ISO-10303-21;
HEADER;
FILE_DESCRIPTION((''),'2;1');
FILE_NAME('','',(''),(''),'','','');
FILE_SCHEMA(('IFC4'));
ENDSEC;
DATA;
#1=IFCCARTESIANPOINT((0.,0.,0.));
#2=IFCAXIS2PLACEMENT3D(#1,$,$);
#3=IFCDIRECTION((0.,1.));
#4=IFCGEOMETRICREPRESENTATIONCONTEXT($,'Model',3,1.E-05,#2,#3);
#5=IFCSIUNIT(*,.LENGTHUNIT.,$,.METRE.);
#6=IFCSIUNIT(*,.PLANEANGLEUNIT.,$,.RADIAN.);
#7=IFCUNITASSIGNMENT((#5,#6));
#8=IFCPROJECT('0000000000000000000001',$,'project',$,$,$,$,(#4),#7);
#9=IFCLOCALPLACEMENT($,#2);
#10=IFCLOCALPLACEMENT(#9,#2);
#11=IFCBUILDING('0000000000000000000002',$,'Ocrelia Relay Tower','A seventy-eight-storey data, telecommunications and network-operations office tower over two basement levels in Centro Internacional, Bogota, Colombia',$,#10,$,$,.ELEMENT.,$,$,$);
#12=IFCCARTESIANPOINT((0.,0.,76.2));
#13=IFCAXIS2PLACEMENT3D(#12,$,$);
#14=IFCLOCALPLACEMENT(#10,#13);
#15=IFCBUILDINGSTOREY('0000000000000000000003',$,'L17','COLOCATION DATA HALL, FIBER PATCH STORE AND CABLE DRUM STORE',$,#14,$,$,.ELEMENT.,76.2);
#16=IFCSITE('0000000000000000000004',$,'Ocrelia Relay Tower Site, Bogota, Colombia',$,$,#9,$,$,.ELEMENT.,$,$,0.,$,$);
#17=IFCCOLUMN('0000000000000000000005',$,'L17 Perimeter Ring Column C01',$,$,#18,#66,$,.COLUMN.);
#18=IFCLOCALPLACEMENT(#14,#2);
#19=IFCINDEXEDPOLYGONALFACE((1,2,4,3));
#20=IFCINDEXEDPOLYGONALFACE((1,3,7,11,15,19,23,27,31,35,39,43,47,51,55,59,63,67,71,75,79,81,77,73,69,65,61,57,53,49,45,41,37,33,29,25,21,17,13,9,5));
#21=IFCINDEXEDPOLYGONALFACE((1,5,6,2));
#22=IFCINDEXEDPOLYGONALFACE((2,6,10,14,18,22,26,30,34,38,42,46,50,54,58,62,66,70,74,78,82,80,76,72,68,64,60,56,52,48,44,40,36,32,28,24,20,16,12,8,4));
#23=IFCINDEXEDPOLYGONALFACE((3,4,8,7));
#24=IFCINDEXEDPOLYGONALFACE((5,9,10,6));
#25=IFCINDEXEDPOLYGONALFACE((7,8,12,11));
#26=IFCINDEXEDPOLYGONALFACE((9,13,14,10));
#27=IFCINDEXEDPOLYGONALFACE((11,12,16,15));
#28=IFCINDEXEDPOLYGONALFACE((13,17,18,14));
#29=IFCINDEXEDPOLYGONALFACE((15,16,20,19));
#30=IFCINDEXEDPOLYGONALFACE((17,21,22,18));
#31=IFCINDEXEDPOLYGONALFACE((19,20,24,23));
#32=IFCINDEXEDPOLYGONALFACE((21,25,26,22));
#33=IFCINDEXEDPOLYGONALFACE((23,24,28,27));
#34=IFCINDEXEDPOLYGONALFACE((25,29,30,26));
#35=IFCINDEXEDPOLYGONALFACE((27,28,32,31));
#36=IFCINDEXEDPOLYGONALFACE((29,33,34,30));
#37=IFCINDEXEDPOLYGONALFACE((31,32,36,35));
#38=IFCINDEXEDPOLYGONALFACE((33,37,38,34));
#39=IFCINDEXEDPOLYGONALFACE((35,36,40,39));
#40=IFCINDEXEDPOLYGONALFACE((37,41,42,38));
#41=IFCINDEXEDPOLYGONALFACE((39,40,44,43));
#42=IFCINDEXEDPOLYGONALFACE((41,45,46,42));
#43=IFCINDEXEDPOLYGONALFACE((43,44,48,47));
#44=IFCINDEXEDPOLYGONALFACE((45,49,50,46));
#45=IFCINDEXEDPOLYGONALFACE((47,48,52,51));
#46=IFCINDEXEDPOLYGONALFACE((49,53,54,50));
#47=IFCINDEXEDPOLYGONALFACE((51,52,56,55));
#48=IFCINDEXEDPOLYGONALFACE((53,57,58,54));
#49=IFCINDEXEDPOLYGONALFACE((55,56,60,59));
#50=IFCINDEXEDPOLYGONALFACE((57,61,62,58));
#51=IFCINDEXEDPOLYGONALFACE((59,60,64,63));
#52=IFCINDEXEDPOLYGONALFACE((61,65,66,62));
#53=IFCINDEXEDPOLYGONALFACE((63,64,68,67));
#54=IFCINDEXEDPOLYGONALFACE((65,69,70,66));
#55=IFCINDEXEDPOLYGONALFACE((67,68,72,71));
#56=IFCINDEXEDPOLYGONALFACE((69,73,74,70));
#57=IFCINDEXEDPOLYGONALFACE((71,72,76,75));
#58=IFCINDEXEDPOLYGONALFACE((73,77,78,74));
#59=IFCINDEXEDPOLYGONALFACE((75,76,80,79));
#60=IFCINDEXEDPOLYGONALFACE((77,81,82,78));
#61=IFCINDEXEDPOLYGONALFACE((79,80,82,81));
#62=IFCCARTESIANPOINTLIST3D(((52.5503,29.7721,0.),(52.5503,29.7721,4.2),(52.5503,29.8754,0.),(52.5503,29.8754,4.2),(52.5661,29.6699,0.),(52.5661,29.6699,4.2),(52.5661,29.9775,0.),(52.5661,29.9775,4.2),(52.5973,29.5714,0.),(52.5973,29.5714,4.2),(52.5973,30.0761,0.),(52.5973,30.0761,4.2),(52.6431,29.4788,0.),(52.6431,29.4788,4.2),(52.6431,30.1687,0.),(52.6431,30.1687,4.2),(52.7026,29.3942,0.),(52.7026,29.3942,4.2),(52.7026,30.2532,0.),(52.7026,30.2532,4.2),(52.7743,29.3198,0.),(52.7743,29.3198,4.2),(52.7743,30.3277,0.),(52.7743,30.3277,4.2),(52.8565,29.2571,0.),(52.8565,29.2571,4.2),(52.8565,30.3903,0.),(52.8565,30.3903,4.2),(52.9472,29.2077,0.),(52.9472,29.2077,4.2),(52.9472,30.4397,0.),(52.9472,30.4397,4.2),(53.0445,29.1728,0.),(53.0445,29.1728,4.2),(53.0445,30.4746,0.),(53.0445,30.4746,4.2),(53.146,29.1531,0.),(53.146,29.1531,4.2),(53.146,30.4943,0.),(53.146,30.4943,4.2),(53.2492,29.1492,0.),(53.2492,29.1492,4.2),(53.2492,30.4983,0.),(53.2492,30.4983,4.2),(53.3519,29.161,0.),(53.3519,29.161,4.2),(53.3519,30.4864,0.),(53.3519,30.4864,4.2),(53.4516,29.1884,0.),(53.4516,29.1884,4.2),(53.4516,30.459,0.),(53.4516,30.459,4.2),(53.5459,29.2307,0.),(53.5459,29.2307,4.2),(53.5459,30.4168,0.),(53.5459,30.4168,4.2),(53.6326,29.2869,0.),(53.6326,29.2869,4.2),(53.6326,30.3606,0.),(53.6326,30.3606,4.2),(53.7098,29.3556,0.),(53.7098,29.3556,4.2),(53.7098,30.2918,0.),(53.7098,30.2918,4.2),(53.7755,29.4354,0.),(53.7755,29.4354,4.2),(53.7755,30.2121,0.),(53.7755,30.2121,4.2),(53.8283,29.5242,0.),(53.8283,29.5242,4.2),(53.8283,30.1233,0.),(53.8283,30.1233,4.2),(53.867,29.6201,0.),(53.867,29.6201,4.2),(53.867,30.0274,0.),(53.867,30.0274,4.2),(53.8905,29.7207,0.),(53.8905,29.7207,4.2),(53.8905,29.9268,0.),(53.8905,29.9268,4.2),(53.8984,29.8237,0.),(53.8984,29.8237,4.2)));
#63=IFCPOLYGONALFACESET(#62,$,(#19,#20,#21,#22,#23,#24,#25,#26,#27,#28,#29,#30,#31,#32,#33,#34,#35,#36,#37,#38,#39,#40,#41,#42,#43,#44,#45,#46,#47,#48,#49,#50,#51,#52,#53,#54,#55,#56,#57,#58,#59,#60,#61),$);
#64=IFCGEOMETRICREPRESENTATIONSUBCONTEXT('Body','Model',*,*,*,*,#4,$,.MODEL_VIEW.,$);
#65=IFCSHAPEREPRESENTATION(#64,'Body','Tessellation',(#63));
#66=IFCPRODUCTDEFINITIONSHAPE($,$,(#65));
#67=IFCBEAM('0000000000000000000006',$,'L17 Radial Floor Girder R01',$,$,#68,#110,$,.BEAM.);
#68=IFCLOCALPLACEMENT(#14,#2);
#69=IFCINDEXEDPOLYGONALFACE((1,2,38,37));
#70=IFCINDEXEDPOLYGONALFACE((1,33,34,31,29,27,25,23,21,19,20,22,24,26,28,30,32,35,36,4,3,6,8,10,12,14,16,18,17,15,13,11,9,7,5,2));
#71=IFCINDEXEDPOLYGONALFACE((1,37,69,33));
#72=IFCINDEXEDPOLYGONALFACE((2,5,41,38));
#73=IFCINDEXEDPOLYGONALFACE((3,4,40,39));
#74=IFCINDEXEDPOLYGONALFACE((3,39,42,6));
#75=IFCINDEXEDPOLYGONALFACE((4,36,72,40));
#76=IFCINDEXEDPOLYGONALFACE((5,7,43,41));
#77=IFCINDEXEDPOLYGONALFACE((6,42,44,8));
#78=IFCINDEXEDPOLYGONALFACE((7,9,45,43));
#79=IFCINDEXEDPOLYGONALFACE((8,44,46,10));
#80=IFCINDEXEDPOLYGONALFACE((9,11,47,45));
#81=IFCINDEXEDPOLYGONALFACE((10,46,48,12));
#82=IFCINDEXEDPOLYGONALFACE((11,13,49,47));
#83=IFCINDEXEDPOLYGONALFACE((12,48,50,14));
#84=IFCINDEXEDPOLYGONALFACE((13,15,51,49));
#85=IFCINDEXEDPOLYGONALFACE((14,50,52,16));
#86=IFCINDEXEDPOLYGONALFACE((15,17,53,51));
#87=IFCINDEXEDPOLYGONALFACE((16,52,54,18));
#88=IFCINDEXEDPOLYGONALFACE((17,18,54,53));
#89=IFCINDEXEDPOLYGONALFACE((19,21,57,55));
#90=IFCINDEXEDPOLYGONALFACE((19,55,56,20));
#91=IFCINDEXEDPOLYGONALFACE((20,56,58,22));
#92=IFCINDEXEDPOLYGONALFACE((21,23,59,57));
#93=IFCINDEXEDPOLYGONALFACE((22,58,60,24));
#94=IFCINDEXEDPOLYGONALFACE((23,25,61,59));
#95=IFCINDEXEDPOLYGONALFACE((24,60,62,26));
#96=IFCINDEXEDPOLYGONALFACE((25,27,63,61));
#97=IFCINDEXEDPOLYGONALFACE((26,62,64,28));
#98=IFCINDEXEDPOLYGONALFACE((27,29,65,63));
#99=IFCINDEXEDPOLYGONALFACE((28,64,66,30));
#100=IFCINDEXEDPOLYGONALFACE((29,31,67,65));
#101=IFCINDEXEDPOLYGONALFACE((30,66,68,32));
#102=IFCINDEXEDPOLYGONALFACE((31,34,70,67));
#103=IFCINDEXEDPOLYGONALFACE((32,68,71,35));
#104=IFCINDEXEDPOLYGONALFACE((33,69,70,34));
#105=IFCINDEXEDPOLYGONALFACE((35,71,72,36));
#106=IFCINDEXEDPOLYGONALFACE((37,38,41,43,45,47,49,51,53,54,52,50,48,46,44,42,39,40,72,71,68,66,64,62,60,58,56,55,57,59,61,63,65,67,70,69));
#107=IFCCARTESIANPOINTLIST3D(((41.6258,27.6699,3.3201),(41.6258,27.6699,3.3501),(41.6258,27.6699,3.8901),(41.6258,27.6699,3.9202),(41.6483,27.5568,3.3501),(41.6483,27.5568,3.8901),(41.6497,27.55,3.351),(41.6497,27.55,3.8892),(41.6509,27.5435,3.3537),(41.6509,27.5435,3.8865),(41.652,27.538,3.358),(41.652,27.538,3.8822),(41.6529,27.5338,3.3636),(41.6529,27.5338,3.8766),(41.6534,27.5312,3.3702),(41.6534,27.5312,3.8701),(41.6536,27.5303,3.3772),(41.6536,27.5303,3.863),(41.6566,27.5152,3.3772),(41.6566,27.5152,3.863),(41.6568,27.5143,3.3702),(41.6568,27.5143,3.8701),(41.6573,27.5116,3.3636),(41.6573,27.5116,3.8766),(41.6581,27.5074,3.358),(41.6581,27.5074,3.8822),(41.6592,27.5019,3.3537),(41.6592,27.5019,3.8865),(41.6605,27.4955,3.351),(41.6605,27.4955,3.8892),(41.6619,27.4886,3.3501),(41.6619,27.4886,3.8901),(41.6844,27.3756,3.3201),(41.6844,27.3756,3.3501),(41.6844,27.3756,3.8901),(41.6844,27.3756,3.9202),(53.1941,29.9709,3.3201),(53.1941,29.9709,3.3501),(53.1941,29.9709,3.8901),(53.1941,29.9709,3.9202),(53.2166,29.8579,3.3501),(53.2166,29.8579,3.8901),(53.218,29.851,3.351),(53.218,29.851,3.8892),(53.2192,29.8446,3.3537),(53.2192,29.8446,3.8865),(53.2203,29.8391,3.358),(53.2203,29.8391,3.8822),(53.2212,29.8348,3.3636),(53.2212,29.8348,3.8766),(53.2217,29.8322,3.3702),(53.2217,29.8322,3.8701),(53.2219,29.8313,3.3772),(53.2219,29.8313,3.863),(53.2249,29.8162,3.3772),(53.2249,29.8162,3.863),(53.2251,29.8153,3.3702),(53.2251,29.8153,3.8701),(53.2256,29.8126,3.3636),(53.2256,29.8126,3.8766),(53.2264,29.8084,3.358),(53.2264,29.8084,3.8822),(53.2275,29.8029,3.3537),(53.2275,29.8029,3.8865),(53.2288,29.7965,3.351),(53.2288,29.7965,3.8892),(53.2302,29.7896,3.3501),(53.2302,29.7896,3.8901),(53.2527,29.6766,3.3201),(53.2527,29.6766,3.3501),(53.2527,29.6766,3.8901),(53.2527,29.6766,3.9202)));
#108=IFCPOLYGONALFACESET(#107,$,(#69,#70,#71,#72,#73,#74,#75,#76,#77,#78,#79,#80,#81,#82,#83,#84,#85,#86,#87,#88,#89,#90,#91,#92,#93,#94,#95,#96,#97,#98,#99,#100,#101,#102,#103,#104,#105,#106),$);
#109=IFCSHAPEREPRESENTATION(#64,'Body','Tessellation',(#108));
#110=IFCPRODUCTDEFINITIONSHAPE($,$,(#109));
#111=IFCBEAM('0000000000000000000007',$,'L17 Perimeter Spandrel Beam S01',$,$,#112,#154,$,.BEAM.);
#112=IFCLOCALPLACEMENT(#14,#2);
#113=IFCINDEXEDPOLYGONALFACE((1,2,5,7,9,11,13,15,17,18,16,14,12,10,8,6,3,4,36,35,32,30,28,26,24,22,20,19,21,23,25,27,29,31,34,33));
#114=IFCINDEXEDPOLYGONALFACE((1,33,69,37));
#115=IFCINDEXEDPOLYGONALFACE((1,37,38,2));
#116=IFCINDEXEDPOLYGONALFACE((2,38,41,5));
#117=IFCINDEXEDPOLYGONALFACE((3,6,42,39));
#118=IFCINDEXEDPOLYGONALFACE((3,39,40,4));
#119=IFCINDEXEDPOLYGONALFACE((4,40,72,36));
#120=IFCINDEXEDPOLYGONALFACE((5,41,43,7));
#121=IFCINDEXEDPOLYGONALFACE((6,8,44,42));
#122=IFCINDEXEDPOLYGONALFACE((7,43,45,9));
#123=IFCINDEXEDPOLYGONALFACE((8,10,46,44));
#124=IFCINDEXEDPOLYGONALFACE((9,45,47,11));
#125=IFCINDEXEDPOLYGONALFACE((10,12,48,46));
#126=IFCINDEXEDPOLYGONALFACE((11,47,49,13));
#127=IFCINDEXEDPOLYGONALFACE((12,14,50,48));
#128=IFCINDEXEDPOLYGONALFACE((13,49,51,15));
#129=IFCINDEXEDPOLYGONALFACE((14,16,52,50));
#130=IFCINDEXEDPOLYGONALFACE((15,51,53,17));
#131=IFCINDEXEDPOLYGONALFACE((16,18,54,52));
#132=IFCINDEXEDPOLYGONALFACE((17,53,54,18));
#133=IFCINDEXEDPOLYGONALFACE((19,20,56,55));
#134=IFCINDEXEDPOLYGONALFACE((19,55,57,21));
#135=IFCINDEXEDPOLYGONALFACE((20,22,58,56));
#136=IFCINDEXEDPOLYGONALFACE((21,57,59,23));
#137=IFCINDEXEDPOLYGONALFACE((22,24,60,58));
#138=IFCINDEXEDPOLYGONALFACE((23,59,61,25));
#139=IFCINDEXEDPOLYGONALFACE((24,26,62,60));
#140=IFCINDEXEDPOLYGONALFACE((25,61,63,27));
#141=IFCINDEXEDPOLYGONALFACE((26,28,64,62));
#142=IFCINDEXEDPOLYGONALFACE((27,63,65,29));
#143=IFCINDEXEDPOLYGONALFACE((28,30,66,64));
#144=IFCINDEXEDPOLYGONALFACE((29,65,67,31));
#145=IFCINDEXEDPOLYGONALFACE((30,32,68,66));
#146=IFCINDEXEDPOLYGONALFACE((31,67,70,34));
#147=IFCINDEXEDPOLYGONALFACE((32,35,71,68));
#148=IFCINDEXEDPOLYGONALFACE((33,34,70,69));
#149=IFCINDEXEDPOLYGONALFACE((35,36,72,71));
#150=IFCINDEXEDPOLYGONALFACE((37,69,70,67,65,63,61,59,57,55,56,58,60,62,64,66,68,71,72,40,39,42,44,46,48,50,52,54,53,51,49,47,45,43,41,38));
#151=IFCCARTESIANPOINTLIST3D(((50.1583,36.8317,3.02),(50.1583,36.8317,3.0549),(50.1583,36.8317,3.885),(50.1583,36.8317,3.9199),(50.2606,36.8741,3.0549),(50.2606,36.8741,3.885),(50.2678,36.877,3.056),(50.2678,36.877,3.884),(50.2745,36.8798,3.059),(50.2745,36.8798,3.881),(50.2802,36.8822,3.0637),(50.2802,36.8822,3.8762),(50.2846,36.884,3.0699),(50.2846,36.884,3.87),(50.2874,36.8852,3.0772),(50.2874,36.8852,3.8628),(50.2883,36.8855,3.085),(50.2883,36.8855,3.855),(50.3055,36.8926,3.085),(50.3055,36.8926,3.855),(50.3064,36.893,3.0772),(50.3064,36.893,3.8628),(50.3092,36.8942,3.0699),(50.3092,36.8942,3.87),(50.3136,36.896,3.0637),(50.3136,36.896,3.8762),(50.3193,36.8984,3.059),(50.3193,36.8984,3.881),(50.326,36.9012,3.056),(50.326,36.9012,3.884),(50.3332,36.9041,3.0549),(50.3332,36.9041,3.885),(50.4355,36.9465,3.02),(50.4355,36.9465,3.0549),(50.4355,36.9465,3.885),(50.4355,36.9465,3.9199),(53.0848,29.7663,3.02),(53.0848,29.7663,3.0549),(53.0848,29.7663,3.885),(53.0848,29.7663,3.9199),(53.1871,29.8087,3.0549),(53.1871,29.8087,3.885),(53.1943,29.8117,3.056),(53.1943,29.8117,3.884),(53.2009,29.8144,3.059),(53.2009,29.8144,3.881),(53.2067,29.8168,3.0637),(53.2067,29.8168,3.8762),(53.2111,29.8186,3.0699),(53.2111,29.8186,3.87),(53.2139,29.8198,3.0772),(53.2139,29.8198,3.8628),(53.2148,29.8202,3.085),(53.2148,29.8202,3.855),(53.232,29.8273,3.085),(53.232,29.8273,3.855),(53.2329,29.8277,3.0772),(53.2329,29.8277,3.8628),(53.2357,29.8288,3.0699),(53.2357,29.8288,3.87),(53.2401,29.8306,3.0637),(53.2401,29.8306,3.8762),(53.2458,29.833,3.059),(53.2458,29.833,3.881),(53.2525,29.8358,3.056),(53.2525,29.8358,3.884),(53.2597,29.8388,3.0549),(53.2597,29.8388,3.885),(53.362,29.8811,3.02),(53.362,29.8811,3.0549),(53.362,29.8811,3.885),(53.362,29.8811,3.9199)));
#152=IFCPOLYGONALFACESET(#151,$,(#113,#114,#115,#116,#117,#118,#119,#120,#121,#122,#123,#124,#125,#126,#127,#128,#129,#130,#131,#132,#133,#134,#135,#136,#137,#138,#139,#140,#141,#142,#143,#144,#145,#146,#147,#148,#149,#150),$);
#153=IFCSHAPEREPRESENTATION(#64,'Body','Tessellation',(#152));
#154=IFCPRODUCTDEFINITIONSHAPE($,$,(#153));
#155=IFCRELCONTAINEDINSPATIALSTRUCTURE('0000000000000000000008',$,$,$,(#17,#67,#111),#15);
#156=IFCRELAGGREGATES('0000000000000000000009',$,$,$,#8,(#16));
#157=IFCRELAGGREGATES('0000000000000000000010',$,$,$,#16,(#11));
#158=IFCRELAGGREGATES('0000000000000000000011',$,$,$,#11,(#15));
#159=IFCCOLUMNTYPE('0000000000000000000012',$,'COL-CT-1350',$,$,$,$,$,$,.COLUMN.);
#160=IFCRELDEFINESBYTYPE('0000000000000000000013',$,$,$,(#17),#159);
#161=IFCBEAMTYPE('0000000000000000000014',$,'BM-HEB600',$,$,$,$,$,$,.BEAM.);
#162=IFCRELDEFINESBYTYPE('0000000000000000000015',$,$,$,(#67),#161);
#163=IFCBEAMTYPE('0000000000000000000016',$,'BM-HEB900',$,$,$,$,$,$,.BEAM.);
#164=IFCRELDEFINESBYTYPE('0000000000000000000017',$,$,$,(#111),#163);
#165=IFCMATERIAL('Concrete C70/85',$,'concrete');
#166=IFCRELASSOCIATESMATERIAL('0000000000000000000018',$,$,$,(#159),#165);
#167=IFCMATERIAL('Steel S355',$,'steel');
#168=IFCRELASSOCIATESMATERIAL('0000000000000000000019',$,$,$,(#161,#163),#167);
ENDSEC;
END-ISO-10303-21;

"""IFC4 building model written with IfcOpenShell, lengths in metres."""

from ifc_helpers import new_model, si_unit, direction, frame, origin, origin_2d, place, context, subcontext, project, spatial, circle, i_section, extrude, material, material_profile, profile_set, type_object, element, save


model = new_model("IFC4")

# Units and contexts
model_context = context("Model", 3, precision=1e-05, world=origin(), true_north=direction((0.0, 1.0)))
body_context = subcontext(model_context, "Body", "Model", "MODEL_VIEW")
ifc_project = project(units=[si_unit("LENGTHUNIT", "METRE"), si_unit("PLANEANGLEUNIT", "RADIAN")], contexts=[model_context])

# Site, building, storey
site_placement = place(None, origin())
site = spatial("IfcSite", under=ifc_project, at=site_placement, Name="Ocrelia Relay Tower Site, Bogota, Colombia", CompositionType="ELEMENT", RefElevation=0.0)
building_placement = place(site_placement, origin())
building = spatial("IfcBuilding", under=site, at=building_placement, Name="Ocrelia Relay Tower", Description="A seventy-eight-storey data, telecommunications and network-operations office tower over two basement levels in Centro Internacional, Bogota, Colombia", CompositionType="ELEMENT")
storey_placement = place(building_placement, frame((0.0, 0.0, 76.2)))
storey = spatial("IfcBuildingStorey", under=building, at=storey_placement, Name="L17", Description="COLOCATION DATA HALL, FIBER PATCH STORE AND CABLE DRUM STORE", CompositionType="ELEMENT", Elevation=76.2)

# Column
ifc_material_1 = material(Name="Concrete C70/85", Category="concrete")
ifc_material_profile_1 = material_profile(ifc_material_1, circle(Radius=0.675, at=origin_2d()), Name="RC-CIR-1350")
ifc_profile_set_1 = profile_set([ifc_material_profile_1], Name="Concrete C70/85")
column_type = type_object("IfcColumnType", Name="COL-CT-1350", PredefinedType="COLUMN", material=ifc_profile_set_1)
column_placement = place(storey_placement, frame((53.2234, 29.8237, 0.0), z_axis=(0.0, 0.0, 1.0), x_axis=(1.0, 0.0, 0.0)))
element("IfcColumn", 1, at=column_placement, inside=storey, type_object=column_type, Name="L17 Perimeter Ring Column C01", PredefinedType="COLUMN", context=body_context, shape_type="SweptSolid", body=[
    extrude(circle(Radius=0.675, at=origin_2d()), origin(), (0.0, 0.0, 1.0), 4.2),
])

# Beams
ifc_material_2 = material(Name="Steel S355", Category="steel")
ifc_material_profile_2 = material_profile(ifc_material_2, i_section(OverallWidth=0.3, OverallDepth=0.6001, WebThickness=0.0154, FlangeThickness=0.03, FilletRadius=0.0271, at=origin_2d()), Name="HEB 600")
ifc_profile_set_2 = profile_set([ifc_material_profile_2], Name="Steel S355")
beam_type_1 = type_object("IfcBeamType", Name="BM-HEB600", PredefinedType="BEAM", material=ifc_profile_set_2)
beam_1_placement = place(storey_placement, frame((53.2234, 29.8237, 3.6201), z_axis=(-0.980786, -0.195085, 0.0), x_axis=(0.195085, -0.980786, 0.0)))
element("IfcBeam", 2, at=beam_1_placement, inside=storey, type_object=beam_type_1, Name="L17 Radial Floor Girder R01", PredefinedType="BEAM", context=body_context, shape_type="SweptSolid", body=[
    extrude(i_section(OverallWidth=0.3, OverallDepth=0.6001, WebThickness=0.0154, FlangeThickness=0.03, FilletRadius=0.0271, at=origin_2d()), origin(), (0.0, 0.0, 1.0), 11.7949),
])
ifc_material_profile_3 = material_profile(ifc_material_2, i_section(OverallWidth=0.3, OverallDepth=0.8999, WebThickness=0.0186, FlangeThickness=0.0349, FilletRadius=0.03, at=origin_2d()), Name="HEB 900")
ifc_profile_set_3 = profile_set([ifc_material_profile_3], Name="Steel S355")
beam_type_2 = type_object("IfcBeamType", Name="BM-HEB900", PredefinedType="BEAM", material=ifc_profile_set_3)
beam_2_placement = place(storey_placement, frame((53.2234, 29.8237, 3.47), z_axis=(-0.382674, 0.923883, 0.0), x_axis=(-0.923883, -0.382674, 0.0)))
element("IfcBeam", 3, at=beam_2_placement, inside=storey, type_object=beam_type_2, Name="L17 Perimeter Spandrel Beam S01", PredefinedType="BEAM", context=body_context, shape_type="SweptSolid", body=[
    extrude(i_section(OverallWidth=0.3, OverallDepth=0.8999, WebThickness=0.0186, FlangeThickness=0.0349, FilletRadius=0.03, at=origin_2d()), origin(), (0.0, 0.0, 1.0), 7.6475),
])

save(model, "model.ifc")
